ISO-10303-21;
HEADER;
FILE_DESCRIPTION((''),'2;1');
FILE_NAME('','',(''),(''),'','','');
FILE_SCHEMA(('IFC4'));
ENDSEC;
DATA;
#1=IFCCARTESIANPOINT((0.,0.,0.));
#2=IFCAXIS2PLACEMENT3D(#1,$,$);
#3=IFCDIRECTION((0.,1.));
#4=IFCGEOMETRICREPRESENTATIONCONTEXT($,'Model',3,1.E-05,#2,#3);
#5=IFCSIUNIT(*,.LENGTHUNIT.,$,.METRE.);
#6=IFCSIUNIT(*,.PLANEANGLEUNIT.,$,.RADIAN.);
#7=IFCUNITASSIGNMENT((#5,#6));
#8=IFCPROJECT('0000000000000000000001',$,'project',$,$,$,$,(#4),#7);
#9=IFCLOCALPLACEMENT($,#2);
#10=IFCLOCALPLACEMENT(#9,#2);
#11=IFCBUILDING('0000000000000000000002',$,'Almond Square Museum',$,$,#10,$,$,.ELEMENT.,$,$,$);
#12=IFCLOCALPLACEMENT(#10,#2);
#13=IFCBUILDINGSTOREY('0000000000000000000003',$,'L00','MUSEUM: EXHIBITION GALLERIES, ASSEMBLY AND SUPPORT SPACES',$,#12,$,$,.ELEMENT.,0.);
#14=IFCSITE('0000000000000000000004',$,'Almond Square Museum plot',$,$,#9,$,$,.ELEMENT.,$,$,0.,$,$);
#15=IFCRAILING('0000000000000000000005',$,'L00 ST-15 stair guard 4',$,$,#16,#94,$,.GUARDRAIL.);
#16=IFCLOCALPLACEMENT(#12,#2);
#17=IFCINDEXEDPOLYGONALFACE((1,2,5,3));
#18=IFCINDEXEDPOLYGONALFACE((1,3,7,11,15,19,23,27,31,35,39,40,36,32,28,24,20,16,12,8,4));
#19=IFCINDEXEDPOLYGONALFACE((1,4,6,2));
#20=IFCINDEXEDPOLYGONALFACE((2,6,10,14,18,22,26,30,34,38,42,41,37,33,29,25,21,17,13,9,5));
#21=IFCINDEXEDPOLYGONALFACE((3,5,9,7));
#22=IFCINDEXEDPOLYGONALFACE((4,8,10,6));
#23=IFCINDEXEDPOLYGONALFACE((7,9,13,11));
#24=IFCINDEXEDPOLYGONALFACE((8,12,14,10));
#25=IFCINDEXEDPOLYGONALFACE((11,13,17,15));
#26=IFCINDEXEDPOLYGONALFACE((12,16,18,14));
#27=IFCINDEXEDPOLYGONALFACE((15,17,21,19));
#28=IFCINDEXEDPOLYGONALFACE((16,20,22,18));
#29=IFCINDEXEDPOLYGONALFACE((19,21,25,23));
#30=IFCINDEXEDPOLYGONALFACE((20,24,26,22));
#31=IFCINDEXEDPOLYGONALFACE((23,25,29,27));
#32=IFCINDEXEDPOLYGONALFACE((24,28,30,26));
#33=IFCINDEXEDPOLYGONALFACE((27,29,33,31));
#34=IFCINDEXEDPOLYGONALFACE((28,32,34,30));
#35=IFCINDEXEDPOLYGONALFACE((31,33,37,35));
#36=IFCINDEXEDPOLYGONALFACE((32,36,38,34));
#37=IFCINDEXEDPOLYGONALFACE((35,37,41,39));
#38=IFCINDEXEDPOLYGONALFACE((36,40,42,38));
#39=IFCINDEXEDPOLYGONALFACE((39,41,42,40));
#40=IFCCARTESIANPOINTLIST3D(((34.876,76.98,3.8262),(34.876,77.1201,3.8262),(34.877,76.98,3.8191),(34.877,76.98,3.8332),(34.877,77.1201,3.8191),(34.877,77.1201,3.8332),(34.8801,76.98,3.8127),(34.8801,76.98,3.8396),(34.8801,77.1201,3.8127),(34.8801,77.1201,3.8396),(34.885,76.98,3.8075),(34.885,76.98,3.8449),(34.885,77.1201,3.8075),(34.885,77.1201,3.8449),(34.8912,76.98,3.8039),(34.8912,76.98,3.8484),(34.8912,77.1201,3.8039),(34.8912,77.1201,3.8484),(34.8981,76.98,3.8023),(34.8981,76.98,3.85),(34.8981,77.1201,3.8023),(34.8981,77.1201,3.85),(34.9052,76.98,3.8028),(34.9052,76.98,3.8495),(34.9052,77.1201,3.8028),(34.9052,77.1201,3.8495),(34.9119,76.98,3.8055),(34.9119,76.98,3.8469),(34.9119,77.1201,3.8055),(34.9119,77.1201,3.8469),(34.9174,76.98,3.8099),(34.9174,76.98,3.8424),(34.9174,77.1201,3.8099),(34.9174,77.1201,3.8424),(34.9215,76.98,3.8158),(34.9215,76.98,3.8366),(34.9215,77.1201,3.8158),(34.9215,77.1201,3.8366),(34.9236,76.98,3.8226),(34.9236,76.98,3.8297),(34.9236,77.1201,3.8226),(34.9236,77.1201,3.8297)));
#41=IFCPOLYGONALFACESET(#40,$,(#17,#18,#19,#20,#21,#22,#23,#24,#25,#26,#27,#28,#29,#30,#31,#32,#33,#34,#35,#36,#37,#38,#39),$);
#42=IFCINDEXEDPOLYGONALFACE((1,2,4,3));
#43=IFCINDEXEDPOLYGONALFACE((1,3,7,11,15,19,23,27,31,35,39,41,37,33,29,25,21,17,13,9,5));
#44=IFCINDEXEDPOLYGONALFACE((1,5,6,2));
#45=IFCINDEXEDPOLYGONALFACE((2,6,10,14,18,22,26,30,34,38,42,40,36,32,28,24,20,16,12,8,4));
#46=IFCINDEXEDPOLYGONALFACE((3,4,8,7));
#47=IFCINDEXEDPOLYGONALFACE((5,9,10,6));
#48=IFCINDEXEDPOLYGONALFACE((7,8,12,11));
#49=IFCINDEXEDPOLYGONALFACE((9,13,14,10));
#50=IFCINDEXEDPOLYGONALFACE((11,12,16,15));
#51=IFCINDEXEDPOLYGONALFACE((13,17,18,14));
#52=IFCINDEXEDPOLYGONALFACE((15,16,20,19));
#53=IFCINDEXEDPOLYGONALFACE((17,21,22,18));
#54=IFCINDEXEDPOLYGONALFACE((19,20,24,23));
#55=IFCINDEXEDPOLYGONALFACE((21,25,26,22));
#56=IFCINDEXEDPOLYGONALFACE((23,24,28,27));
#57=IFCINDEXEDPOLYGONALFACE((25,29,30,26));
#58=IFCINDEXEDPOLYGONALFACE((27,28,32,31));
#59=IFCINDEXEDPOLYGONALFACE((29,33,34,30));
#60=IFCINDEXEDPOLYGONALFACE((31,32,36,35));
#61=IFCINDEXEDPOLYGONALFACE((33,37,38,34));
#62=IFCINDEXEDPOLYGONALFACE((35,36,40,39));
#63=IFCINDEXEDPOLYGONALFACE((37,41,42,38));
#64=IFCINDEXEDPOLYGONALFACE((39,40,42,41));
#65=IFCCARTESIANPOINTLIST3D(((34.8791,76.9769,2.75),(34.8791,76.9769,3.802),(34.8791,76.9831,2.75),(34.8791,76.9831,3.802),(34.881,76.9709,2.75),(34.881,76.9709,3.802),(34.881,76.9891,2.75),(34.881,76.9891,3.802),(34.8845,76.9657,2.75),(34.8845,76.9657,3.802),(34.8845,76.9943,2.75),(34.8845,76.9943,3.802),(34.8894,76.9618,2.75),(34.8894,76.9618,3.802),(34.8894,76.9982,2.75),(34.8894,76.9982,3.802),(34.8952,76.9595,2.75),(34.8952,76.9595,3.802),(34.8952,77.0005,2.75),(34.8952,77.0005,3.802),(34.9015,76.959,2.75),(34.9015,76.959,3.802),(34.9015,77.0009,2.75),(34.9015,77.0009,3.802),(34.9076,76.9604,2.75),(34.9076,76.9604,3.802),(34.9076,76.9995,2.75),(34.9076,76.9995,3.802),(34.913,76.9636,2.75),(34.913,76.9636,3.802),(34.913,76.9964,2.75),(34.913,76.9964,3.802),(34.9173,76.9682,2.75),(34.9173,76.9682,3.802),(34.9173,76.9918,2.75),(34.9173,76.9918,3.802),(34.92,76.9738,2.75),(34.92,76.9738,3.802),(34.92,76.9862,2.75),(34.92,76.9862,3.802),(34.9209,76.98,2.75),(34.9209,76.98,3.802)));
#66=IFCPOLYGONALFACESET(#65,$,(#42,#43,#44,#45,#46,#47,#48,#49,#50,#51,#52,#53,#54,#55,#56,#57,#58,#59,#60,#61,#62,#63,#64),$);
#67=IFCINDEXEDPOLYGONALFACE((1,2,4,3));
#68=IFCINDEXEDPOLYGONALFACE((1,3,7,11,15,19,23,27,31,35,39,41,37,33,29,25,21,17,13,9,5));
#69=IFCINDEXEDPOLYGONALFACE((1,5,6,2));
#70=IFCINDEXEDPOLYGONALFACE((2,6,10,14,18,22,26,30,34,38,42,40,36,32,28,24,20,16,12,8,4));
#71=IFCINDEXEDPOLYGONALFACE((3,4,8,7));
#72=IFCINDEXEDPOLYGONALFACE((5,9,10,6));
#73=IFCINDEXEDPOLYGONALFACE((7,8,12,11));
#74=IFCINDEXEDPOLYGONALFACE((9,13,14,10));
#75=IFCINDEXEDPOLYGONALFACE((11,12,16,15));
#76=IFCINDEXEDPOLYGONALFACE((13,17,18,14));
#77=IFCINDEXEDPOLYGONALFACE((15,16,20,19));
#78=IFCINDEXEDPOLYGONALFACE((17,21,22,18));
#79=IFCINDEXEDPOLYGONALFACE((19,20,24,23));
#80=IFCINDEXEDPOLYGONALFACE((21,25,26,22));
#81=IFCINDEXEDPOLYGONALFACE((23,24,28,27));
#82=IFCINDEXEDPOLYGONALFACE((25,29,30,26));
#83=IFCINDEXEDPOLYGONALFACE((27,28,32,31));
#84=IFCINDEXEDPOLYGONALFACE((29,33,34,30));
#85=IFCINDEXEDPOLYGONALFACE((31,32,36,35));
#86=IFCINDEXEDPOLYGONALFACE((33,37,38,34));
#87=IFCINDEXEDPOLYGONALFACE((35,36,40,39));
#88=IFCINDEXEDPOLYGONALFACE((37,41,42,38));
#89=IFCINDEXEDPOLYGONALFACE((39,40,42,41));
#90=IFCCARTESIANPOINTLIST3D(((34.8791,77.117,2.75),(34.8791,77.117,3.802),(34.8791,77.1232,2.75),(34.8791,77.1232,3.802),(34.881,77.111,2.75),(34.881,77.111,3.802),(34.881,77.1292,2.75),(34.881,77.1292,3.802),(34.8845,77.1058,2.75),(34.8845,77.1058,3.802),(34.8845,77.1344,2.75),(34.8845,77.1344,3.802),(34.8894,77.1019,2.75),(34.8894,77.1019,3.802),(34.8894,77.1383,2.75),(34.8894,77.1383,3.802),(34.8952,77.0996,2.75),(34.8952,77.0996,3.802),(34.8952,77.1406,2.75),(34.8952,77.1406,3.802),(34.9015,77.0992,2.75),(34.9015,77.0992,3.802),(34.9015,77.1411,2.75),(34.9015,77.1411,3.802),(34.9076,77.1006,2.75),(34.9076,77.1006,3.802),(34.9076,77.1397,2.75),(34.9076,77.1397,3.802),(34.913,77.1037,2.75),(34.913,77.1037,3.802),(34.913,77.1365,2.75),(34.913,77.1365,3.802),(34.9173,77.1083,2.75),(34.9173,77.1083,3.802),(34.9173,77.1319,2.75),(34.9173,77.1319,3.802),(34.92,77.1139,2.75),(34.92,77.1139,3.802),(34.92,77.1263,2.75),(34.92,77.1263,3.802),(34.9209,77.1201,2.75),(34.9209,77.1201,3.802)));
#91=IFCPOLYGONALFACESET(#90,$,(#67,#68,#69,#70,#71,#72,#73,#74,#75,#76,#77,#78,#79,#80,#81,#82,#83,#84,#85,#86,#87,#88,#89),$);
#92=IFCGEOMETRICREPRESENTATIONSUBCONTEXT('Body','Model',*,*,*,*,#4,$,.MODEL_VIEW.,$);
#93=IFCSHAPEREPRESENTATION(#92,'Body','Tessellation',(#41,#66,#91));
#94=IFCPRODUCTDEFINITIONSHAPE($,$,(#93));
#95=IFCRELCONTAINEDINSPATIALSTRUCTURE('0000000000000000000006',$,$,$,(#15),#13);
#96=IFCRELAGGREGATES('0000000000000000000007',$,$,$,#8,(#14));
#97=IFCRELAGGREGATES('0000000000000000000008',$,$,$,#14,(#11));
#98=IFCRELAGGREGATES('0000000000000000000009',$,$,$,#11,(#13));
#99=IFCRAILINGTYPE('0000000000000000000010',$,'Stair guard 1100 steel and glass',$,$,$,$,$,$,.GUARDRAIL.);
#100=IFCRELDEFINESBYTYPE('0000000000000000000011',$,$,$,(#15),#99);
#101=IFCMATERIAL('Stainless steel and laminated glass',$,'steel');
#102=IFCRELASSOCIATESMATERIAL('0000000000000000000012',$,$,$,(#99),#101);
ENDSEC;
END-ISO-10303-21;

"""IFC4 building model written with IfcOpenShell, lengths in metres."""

from ifc_helpers import new_model, si_unit, direction, frame, origin, origin_2d, place, context, subcontext, project, spatial, circle, extrude, material, type_object, element, save


model = new_model("IFC4")

# Units and contexts
model_context = context("Model", 3, precision=1e-05, world=origin(), true_north=direction((0.0, 1.0)))
body_context = subcontext(model_context, "Body", "Model", "MODEL_VIEW")
ifc_project = project(units=[si_unit("LENGTHUNIT", "METRE"), si_unit("PLANEANGLEUNIT", "RADIAN")], contexts=[model_context])

# Site, building, storey
site_placement = place(None, origin())
site = spatial("IfcSite", under=ifc_project, at=site_placement, Name="Almond Square Museum plot", CompositionType="ELEMENT", RefElevation=0.0)
building_placement = place(site_placement, origin())
building = spatial("IfcBuilding", under=site, at=building_placement, Name="Almond Square Museum", CompositionType="ELEMENT")
storey_placement = place(building_placement, origin())
storey = spatial("IfcBuildingStorey", under=building, at=storey_placement, Name="L00", Description="MUSEUM: EXHIBITION GALLERIES, ASSEMBLY AND SUPPORT SPACES", CompositionType="ELEMENT", Elevation=0.0)

# Railing
ifc_material_1 = material(Name="Stainless steel and laminated glass", Category="steel")
railing_type_1 = type_object("IfcRailingType", Name="Stair guard 1100 steel and glass", PredefinedType="GUARDRAIL", material=ifc_material_1)
railing_1_placement = place(storey_placement, frame((34.8999, 76.98, 2.75)))
element("IfcRailing", 1, at=railing_1_placement, inside=storey, type_object=railing_type_1, Name="L00 ST-15 stair guard 4", PredefinedType="GUARDRAIL", context=body_context, shape_type="SweptSolid", body=[
    extrude(circle(Radius=0.0239, at=origin_2d()), frame((0.0, 0.0, 1.0762), z_axis=(0.0, 1.0, 0.0), x_axis=(-1.0, 0.0, 0.0)), (0.0, 0.0, 1.0), 0.1401),
    extrude(circle(Radius=0.021, at=origin_2d()), origin(), (0.0, 0.0, 1.0), 1.052),
    extrude(circle(Radius=0.021, at=origin_2d()), frame((0.0, 0.1401, 0.0)), (0.0, 0.0, 1.0), 1.052),
])

save(model, "model.ifc")
